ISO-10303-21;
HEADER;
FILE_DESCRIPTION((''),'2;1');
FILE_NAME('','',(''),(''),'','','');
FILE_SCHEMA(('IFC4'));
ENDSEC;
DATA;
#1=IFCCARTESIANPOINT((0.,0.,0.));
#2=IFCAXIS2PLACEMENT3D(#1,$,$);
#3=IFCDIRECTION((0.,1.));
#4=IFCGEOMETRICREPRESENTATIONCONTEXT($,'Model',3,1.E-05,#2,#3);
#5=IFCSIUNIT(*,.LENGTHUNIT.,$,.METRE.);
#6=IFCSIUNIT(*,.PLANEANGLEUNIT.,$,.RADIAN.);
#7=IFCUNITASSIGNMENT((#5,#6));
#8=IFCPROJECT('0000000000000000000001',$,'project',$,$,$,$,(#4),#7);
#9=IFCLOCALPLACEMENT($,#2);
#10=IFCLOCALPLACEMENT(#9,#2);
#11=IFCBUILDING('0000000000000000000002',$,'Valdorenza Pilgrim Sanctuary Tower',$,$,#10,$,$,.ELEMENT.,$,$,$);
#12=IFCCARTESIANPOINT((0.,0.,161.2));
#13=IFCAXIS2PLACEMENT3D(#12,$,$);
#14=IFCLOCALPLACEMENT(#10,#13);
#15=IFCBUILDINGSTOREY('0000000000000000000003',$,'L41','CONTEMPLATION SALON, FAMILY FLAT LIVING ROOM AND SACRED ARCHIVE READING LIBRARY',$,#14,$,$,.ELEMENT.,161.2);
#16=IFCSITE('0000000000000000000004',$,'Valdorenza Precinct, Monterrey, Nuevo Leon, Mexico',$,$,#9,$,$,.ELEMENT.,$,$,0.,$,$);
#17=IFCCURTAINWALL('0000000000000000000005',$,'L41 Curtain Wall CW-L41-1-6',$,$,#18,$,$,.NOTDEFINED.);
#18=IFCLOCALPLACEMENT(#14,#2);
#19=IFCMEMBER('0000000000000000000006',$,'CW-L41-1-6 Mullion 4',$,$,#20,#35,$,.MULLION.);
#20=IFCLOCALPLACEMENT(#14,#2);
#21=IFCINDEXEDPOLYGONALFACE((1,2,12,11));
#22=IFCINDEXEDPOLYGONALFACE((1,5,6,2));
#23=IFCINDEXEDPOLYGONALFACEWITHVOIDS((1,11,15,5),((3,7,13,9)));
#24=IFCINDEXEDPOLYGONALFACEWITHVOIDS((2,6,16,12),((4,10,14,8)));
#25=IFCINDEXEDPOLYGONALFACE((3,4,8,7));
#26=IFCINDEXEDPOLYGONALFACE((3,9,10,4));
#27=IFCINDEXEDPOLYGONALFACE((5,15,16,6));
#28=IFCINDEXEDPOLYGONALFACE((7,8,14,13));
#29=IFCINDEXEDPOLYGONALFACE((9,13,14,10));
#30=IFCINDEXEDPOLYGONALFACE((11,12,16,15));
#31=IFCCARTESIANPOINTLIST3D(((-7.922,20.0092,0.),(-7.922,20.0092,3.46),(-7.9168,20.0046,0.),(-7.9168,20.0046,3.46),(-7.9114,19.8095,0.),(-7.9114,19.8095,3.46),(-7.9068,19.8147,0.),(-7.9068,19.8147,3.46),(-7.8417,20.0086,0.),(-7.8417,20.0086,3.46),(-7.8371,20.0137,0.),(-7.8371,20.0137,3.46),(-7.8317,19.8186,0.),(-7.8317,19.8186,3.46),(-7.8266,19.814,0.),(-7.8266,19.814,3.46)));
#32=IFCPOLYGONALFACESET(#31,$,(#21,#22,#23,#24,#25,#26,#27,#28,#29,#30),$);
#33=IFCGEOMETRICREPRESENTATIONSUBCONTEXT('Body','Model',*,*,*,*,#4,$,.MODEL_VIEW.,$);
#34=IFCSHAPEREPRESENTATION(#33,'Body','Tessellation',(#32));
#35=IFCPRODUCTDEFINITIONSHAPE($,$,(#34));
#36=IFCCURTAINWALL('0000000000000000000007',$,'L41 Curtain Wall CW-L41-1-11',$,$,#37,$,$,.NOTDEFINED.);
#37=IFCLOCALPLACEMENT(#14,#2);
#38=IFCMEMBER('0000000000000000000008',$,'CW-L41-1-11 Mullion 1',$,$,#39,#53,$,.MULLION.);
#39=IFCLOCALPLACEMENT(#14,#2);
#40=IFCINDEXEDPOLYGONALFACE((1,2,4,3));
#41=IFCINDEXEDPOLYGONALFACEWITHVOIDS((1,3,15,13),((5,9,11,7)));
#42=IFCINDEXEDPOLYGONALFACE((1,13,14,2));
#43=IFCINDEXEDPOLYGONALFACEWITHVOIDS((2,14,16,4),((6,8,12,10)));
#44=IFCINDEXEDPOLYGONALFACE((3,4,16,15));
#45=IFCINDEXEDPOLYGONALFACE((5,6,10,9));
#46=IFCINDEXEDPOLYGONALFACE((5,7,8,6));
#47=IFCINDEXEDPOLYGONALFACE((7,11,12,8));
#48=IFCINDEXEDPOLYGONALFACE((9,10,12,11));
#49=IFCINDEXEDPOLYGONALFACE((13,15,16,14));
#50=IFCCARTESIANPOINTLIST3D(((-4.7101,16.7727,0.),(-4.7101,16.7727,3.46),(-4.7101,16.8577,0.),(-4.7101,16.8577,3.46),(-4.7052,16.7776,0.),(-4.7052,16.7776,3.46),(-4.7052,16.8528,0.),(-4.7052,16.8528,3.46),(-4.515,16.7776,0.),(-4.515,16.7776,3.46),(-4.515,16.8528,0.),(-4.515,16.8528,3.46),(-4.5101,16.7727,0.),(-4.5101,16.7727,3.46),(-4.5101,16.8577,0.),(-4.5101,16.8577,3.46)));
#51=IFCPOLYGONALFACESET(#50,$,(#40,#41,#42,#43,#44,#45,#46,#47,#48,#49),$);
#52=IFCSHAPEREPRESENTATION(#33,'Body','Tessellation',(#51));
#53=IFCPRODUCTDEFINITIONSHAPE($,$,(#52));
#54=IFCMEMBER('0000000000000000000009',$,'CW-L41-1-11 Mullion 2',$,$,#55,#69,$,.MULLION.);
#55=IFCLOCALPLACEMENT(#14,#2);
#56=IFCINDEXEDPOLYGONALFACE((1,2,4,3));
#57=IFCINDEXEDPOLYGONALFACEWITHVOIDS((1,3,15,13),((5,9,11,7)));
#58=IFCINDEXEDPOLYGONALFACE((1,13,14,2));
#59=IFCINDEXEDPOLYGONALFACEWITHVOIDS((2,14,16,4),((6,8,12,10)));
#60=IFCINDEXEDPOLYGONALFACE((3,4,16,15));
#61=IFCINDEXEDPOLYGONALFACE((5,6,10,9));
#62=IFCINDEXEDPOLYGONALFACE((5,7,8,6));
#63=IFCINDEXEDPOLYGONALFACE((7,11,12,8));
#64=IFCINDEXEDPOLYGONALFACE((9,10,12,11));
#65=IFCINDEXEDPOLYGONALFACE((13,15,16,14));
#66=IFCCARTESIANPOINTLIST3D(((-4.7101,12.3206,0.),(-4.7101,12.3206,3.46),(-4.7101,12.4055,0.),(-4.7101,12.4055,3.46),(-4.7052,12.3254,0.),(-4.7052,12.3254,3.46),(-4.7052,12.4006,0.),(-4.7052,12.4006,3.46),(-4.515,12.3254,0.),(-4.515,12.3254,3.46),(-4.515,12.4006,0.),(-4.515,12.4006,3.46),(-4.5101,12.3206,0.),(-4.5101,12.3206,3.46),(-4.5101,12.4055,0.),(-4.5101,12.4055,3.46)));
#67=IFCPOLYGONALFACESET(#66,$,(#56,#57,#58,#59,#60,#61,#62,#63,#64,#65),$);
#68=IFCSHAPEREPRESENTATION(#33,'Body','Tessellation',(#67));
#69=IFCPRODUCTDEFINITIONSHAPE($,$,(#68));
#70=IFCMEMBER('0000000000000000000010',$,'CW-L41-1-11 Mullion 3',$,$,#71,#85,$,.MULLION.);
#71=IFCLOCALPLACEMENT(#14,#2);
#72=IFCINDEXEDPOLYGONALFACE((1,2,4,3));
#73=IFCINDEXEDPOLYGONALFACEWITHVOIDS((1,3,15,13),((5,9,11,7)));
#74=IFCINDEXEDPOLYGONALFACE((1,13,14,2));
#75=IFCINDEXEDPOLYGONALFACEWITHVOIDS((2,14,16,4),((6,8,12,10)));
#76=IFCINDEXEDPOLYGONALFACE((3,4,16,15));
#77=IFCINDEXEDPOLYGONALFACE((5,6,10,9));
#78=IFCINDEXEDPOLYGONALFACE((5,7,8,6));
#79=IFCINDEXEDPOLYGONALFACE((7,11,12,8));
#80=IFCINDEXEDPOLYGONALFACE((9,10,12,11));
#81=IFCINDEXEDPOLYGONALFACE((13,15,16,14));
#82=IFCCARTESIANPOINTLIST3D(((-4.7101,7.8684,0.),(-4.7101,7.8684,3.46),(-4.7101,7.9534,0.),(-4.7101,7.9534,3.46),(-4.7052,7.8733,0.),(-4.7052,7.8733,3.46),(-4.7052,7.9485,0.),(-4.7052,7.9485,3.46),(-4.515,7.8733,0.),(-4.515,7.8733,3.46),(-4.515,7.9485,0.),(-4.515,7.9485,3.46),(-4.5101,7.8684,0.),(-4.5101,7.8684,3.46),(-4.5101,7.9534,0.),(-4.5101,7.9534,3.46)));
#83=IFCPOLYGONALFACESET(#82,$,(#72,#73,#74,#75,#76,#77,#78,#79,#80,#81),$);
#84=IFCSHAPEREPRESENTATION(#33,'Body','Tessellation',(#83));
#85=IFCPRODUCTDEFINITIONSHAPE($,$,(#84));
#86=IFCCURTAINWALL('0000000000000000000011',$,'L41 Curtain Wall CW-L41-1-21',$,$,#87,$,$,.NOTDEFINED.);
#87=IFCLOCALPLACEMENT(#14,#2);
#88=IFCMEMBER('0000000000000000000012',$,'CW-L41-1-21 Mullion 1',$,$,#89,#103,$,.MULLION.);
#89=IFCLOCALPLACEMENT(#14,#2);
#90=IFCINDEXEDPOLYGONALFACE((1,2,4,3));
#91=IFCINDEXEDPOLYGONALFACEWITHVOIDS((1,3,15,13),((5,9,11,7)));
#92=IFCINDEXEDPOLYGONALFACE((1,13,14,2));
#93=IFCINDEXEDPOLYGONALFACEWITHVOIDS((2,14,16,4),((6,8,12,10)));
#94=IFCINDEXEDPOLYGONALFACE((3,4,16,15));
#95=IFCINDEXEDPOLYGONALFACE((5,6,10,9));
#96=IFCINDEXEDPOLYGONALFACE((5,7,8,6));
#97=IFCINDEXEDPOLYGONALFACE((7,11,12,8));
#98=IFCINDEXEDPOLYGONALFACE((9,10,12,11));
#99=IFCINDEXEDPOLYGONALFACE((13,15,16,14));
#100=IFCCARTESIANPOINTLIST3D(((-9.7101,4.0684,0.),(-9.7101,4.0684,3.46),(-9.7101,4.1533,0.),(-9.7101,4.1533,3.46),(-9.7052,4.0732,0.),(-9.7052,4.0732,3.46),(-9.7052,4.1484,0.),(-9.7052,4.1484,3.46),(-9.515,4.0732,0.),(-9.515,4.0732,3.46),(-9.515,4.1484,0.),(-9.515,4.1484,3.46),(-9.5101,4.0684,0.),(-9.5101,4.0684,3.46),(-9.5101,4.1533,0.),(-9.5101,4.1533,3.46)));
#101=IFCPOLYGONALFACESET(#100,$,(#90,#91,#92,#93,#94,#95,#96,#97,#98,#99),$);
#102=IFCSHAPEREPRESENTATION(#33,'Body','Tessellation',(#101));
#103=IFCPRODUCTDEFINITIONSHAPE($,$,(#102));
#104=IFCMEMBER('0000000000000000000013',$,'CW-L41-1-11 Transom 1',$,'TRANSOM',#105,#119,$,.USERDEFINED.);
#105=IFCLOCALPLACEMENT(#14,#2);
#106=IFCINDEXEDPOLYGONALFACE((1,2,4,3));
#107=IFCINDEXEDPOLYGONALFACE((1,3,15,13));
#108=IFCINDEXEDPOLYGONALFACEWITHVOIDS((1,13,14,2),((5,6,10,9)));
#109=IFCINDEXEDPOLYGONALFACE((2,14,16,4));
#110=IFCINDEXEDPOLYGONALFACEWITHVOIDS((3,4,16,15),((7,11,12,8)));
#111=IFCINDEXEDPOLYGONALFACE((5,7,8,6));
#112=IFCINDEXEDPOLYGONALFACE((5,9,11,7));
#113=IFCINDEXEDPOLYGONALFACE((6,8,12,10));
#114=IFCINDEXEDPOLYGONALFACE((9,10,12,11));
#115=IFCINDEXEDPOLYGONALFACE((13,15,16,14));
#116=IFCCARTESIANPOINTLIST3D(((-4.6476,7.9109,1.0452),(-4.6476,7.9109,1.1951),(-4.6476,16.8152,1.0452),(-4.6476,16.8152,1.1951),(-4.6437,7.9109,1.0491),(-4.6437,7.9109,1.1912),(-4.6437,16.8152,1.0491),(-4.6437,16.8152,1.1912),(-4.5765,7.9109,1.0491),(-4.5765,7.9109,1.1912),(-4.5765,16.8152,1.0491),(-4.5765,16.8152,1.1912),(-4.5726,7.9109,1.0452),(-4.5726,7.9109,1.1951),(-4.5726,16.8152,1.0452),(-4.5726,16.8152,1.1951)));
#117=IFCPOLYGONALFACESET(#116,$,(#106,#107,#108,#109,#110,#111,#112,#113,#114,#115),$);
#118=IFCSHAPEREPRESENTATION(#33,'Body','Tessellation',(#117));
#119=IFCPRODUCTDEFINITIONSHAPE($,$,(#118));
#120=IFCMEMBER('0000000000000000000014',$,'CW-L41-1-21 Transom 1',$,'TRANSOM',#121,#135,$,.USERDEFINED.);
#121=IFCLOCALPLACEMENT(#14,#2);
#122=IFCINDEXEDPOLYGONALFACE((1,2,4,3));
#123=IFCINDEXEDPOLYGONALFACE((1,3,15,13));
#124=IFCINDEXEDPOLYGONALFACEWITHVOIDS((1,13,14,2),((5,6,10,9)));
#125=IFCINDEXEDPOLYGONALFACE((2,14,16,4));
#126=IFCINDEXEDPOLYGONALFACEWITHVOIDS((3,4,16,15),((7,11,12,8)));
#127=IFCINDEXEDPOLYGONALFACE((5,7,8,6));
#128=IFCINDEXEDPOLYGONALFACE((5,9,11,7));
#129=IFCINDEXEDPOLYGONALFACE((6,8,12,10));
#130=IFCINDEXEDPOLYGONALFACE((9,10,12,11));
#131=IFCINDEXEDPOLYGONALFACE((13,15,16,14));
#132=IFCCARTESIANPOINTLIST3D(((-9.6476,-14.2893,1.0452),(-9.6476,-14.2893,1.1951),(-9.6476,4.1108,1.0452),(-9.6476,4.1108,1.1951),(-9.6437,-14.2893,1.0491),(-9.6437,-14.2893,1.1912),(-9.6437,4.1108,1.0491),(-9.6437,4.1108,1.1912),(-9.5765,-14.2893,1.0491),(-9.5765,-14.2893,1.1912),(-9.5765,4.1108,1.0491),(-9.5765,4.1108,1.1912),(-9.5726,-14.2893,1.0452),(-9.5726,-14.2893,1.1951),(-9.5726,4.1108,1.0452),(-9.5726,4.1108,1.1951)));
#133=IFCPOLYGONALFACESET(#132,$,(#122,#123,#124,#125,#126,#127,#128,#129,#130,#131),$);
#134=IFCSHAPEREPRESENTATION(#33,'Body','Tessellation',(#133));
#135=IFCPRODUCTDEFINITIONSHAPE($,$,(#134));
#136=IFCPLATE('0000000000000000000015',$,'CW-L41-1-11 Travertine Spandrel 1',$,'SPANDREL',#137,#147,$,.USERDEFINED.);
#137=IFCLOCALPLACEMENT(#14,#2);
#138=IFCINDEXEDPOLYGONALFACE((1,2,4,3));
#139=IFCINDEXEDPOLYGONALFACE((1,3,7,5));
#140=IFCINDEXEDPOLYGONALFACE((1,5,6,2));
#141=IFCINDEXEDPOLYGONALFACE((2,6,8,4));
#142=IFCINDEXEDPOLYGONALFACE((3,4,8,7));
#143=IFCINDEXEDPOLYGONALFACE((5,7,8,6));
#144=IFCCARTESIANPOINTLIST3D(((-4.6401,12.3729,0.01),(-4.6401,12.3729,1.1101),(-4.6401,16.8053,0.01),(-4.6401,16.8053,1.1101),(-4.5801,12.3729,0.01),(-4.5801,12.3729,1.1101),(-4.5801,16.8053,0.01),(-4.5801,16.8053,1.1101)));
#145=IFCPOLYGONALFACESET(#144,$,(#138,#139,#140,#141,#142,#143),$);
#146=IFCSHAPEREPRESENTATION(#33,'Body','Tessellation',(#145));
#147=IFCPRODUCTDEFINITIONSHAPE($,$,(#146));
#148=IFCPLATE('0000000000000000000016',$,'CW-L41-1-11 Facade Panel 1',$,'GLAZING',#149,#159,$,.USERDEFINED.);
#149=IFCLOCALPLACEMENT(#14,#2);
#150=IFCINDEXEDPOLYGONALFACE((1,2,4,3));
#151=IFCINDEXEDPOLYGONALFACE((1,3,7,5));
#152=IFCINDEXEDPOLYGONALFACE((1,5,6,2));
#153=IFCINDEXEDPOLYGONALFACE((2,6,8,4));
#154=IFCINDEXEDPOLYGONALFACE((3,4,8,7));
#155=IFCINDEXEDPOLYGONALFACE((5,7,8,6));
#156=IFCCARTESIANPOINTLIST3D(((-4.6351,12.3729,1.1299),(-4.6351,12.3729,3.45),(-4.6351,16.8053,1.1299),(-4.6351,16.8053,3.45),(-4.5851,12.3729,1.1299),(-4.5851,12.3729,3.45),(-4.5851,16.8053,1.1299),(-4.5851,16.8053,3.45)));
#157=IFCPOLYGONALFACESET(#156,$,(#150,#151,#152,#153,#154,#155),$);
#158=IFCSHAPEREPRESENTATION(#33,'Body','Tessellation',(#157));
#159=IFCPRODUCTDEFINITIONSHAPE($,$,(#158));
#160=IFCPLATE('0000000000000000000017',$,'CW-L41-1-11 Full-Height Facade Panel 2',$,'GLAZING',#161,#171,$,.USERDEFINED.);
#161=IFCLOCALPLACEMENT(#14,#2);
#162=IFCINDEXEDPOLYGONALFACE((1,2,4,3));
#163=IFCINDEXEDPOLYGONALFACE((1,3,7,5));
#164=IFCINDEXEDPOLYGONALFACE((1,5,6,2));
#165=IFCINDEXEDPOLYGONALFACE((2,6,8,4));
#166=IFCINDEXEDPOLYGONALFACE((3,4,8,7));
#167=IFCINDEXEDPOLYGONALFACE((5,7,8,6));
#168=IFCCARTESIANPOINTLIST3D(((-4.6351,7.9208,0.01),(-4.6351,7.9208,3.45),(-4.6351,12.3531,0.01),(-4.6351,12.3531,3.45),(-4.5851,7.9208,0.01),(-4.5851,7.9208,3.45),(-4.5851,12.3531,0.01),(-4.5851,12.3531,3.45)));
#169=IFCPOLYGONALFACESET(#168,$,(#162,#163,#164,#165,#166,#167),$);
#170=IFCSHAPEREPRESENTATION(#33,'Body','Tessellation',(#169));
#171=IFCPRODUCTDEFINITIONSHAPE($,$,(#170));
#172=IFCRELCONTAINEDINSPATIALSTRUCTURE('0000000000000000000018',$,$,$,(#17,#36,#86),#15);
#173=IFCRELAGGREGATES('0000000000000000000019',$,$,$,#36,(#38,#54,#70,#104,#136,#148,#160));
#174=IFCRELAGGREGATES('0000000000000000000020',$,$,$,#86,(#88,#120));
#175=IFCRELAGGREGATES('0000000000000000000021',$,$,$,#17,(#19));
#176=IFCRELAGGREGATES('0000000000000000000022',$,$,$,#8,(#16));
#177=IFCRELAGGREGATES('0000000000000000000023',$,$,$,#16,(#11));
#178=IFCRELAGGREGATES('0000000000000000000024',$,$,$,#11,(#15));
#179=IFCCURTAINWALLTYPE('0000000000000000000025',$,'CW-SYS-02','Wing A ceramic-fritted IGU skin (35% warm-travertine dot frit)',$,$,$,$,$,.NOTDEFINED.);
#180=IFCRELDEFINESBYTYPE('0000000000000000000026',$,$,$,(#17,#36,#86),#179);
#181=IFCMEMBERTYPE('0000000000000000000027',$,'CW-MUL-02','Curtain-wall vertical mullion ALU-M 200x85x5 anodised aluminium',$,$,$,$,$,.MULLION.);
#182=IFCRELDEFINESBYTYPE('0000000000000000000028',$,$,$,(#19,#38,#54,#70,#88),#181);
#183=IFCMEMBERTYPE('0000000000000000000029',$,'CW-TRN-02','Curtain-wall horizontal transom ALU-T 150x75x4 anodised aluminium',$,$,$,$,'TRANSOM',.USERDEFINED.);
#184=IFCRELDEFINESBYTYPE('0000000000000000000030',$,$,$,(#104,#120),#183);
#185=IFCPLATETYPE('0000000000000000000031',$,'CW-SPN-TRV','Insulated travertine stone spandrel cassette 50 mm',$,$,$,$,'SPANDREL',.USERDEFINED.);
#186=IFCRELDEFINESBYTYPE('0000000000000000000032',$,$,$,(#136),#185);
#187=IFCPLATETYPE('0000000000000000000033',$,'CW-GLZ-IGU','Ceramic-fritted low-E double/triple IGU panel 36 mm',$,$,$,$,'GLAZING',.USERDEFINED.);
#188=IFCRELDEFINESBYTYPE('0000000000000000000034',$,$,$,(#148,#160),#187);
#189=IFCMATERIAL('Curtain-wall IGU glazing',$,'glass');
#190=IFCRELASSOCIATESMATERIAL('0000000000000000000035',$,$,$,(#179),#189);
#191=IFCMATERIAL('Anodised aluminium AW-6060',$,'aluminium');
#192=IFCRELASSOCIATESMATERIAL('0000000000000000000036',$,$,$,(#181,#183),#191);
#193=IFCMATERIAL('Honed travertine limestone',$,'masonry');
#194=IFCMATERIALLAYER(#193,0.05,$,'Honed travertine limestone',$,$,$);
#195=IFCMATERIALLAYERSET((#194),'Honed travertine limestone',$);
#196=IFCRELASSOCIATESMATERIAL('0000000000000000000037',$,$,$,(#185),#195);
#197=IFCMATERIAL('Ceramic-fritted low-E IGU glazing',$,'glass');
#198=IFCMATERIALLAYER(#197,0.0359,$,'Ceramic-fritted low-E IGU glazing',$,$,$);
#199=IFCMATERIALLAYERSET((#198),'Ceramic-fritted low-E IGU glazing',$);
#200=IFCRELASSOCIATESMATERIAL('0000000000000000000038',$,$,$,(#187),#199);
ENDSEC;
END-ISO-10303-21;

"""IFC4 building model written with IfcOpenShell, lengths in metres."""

from ifc_helpers import new_model, si_unit, direction, frame, origin, origin_2d, place, context, subcontext, project, spatial, rectangle, hollow_rectangle, extrude, source, transform, mapped, material, layer, layer_set, material_profile, profile_set, type_object, element, aggregate, save


model = new_model("IFC4")

# Units and contexts
model_context = context("Model", 3, precision=1e-05, world=origin(), true_north=direction((0.0, 1.0)))
body_context = subcontext(model_context, "Body", "Model", "MODEL_VIEW")
ifc_project = project(units=[si_unit("LENGTHUNIT", "METRE"), si_unit("PLANEANGLEUNIT", "RADIAN")], contexts=[model_context])

# Site, building, storey
site_placement = place(None, origin())
site = spatial("IfcSite", under=ifc_project, at=site_placement, Name="Valdorenza Precinct, Monterrey, Nuevo Leon, Mexico", CompositionType="ELEMENT", RefElevation=0.0)
building_placement = place(site_placement, origin())
building = spatial("IfcBuilding", under=site, at=building_placement, Name="Valdorenza Pilgrim Sanctuary Tower", CompositionType="ELEMENT")
storey_placement = place(building_placement, frame((0.0, 0.0, 161.2)))
storey = spatial("IfcBuildingStorey", under=building, at=storey_placement, Name="L41", Description="CONTEMPLATION SALON, FAMILY FLAT LIVING ROOM AND SACRED ARCHIVE READING LIBRARY", CompositionType="ELEMENT", Elevation=161.2)

# Curtain wall, member
ifc_material_1 = material(Name="Curtain-wall IGU glazing", Category="glass")
curtain_wall_type = type_object("IfcCurtainWallType", Name="CW-SYS-02", Description="Wing A ceramic-fritted IGU skin (35% warm-travertine dot frit)", PredefinedType="NOTDEFINED", material=ifc_material_1)
curtain_wall_1_placement = place(storey_placement, origin())
curtain_wall_1 = element("IfcCurtainWall", 1, at=curtain_wall_1_placement, inside=storey, type_object=curtain_wall_type, Name="L41 Curtain Wall CW-L41-1-6", PredefinedType="NOTDEFINED")
ifc_material_2 = material(Name="Anodised aluminium AW-6060", Category="aluminium")
ifc_material_profile_1 = material_profile(ifc_material_2, hollow_rectangle(XDim=0.085, YDim=0.2, WallThickness=0.0049, at=origin_2d()), Name="ALU-M 200x85x5")
ifc_profile_set_1 = profile_set([ifc_material_profile_1], Name="Anodised aluminium AW-6060")
member_type_1 = type_object("IfcMemberType", Name="CW-MUL-02", Description="Curtain-wall vertical mullion ALU-M 200x85x5 anodised aluminium", PredefinedType="MULLION", material=ifc_profile_set_1)
shared_shape_1 = source(origin(), body_context, "Body", "SweptSolid", [
    extrude(hollow_rectangle(XDim=0.085, YDim=0.2, WallThickness=0.0049, at=origin_2d()), origin(), (0.0, 0.0, 1.0), 3.46),
])
member_1_placement = place(storey_placement, frame((-7.8743, 19.9116, 0.0), z_axis=(0.0, 0.0, 1.0), x_axis=(0.998608, 0.052754, 0.0)))
member_1 = element("IfcMember", 2, at=member_1_placement, type_object=member_type_1, Name="CW-L41-1-6 Mullion 4", PredefinedType="MULLION", context=body_context, shape_type="MappedRepresentation", body=[
    mapped(shared_shape_1, transform((0.0, 0.0, 0.0), x_axis=(1.0, 0.0, 0.0), y_axis=(0.0, 1.0, 0.0), z_axis=(0.0, 0.0, 1.0), scale=1.0)),
])

# Curtain wall, members
curtain_wall_2_placement = place(storey_placement, origin())
curtain_wall_2 = element("IfcCurtainWall", 3, at=curtain_wall_2_placement, inside=storey, type_object=curtain_wall_type, Name="L41 Curtain Wall CW-L41-1-11", PredefinedType="NOTDEFINED")
member_2_placement = place(storey_placement, frame((-4.6101, 16.8152, 0.0), z_axis=(0.0, 0.0, 1.0), x_axis=(0.0, -1.0, 0.0)))
member_2 = element("IfcMember", 4, at=member_2_placement, type_object=member_type_1, Name="CW-L41-1-11 Mullion 1", PredefinedType="MULLION", context=body_context, shape_type="MappedRepresentation", body=[
    mapped(shared_shape_1, transform((0.0, 0.0, 0.0), x_axis=(1.0, 0.0, 0.0), y_axis=(0.0, 1.0, 0.0), z_axis=(0.0, 0.0, 1.0), scale=1.0)),
])
member_3_placement = place(storey_placement, frame((-4.6101, 12.363, 0.0), z_axis=(0.0, 0.0, 1.0), x_axis=(0.0, -1.0, 0.0)))
member_3 = element("IfcMember", 5, at=member_3_placement, type_object=member_type_1, Name="CW-L41-1-11 Mullion 2", PredefinedType="MULLION", context=body_context, shape_type="MappedRepresentation", body=[
    mapped(shared_shape_1, transform((0.0, 0.0, 0.0), x_axis=(1.0, 0.0, 0.0), y_axis=(0.0, 1.0, 0.0), z_axis=(0.0, 0.0, 1.0), scale=1.0)),
])
member_4_placement = place(storey_placement, frame((-4.6101, 7.9109, 0.0), z_axis=(0.0, 0.0, 1.0), x_axis=(0.0, -1.0, 0.0)))
member_4 = element("IfcMember", 6, at=member_4_placement, type_object=member_type_1, Name="CW-L41-1-11 Mullion 3", PredefinedType="MULLION", context=body_context, shape_type="MappedRepresentation", body=[
    mapped(shared_shape_1, transform((0.0, 0.0, 0.0), x_axis=(1.0, 0.0, 0.0), y_axis=(0.0, 1.0, 0.0), z_axis=(0.0, 0.0, 1.0), scale=1.0)),
])

# Curtain wall, member
curtain_wall_3_placement = place(storey_placement, origin())
curtain_wall_3 = element("IfcCurtainWall", 7, at=curtain_wall_3_placement, inside=storey, type_object=curtain_wall_type, Name="L41 Curtain Wall CW-L41-1-21", PredefinedType="NOTDEFINED")
member_5_placement = place(storey_placement, frame((-9.6101, 4.1108, 0.0), z_axis=(0.0, 0.0, 1.0), x_axis=(0.0, -1.0, 0.0)))
member_5 = element("IfcMember", 8, at=member_5_placement, type_object=member_type_1, Name="CW-L41-1-21 Mullion 1", PredefinedType="MULLION", context=body_context, shape_type="MappedRepresentation", body=[
    mapped(shared_shape_1, transform((0.0, 0.0, 0.0), x_axis=(1.0, 0.0, 0.0), y_axis=(0.0, 1.0, 0.0), z_axis=(0.0, 0.0, 1.0), scale=1.0)),
])

# Members
ifc_material_profile_2 = material_profile(ifc_material_2, hollow_rectangle(XDim=0.075, YDim=0.1499, WallThickness=0.0039, at=origin_2d()), Name="ALU-T 150x75x4")
ifc_profile_set_2 = profile_set([ifc_material_profile_2], Name="Anodised aluminium AW-6060")
member_type_2 = type_object("IfcMemberType", Name="CW-TRN-02", Description="Curtain-wall horizontal transom ALU-T 150x75x4 anodised aluminium", ElementType="TRANSOM", PredefinedType="USERDEFINED", material=ifc_profile_set_2)
shared_shape_2 = source(origin(), body_context, "Body", "SweptSolid", [
    extrude(hollow_rectangle(XDim=0.075, YDim=0.1499, WallThickness=0.0039, at=origin_2d()), origin(), (0.0, 0.0, 1.0), 8.9043),
])
member_6_placement = place(storey_placement, frame((-4.6101, 16.8152, 1.1201), z_axis=(0.0, -1.0, 0.0), x_axis=(1.0, 0.0, 0.0)))
member_6 = element("IfcMember", 9, at=member_6_placement, type_object=member_type_2, Name="CW-L41-1-11 Transom 1", ObjectType="TRANSOM", PredefinedType="USERDEFINED", context=body_context, shape_type="MappedRepresentation", body=[
    mapped(shared_shape_2, transform((0.0, 0.0, 0.0), x_axis=(1.0, 0.0, 0.0), y_axis=(0.0, 1.0, 0.0), z_axis=(0.0, 0.0, 1.0), scale=1.0)),
])
shared_shape_3 = source(origin(), body_context, "Body", "SweptSolid", [
    extrude(hollow_rectangle(XDim=0.075, YDim=0.1499, WallThickness=0.0039, at=origin_2d()), origin(), (0.0, 0.0, 1.0), 18.4001),
])
member_7_placement = place(storey_placement, frame((-9.6101, 4.1108, 1.1201), z_axis=(0.0, -1.0, 0.0), x_axis=(1.0, 0.0, 0.0)))
member_7 = element("IfcMember", 10, at=member_7_placement, type_object=member_type_2, Name="CW-L41-1-21 Transom 1", ObjectType="TRANSOM", PredefinedType="USERDEFINED", context=body_context, shape_type="MappedRepresentation", body=[
    mapped(shared_shape_3, transform((0.0, 0.0, 0.0), x_axis=(1.0, 0.0, 0.0), y_axis=(0.0, 1.0, 0.0), z_axis=(0.0, 0.0, 1.0), scale=1.0)),
])

# Plates
ifc_material_3 = material(Name="Honed travertine limestone", Category="masonry")
ifc_layer_1 = layer(ifc_material_3, 0.05, Name="Honed travertine limestone")
ifc_layer_set_1 = layer_set([ifc_layer_1], Name="Honed travertine limestone")
plate_type_1 = type_object("IfcPlateType", Name="CW-SPN-TRV", Description="Insulated travertine stone spandrel cassette 50 mm", ElementType="SPANDREL", PredefinedType="USERDEFINED", material=ifc_layer_set_1)
shared_shape_4 = source(origin(), body_context, "Body", "SweptSolid", [
    extrude(rectangle(XDim=4.4324, YDim=0.0601, at=origin_2d()), origin(), (0.0, 0.0, 1.0), 1.1001),
])
plate_1_placement = place(storey_placement, frame((-4.6101, 14.5891, 0.01), z_axis=(0.0, 0.0, 1.0), x_axis=(0.0, -1.0, 0.0)))
plate_1 = element("IfcPlate", 11, at=plate_1_placement, type_object=plate_type_1, Name="CW-L41-1-11 Travertine Spandrel 1", ObjectType="SPANDREL", PredefinedType="USERDEFINED", context=body_context, shape_type="MappedRepresentation", body=[
    mapped(shared_shape_4, transform((0.0, 0.0, 0.0), x_axis=(1.0, 0.0, 0.0), y_axis=(0.0, 1.0, 0.0), z_axis=(0.0, 0.0, 1.0), scale=1.0)),
])
ifc_material_4 = material(Name="Ceramic-fritted low-E IGU glazing", Category="glass")
ifc_layer_2 = layer(ifc_material_4, 0.0359, Name="Ceramic-fritted low-E IGU glazing")
ifc_layer_set_2 = layer_set([ifc_layer_2], Name="Ceramic-fritted low-E IGU glazing")
plate_type_2 = type_object("IfcPlateType", Name="CW-GLZ-IGU", Description="Ceramic-fritted low-E double/triple IGU panel 36 mm", ElementType="GLAZING", PredefinedType="USERDEFINED", material=ifc_layer_set_2)
shared_shape_5 = source(origin(), body_context, "Body", "SweptSolid", [
    extrude(rectangle(XDim=4.4324, YDim=0.05, at=origin_2d()), origin(), (0.0, 0.0, 1.0), 2.3201),
])
plate_2_placement = place(storey_placement, frame((-4.6101, 14.5891, 1.1299), z_axis=(0.0, 0.0, 1.0), x_axis=(0.0, -1.0, 0.0)))
plate_2 = element("IfcPlate", 12, at=plate_2_placement, type_object=plate_type_2, Name="CW-L41-1-11 Facade Panel 1", ObjectType="GLAZING", PredefinedType="USERDEFINED", context=body_context, shape_type="MappedRepresentation", body=[
    mapped(shared_shape_5, transform((0.0, 0.0, 0.0), x_axis=(1.0, 0.0, 0.0), y_axis=(0.0, 1.0, 0.0), z_axis=(0.0, 0.0, 1.0), scale=1.0)),
])
shared_shape_6 = source(origin(), body_context, "Body", "SweptSolid", [
    extrude(rectangle(XDim=4.4324, YDim=0.05, at=origin_2d()), origin(), (0.0, 0.0, 1.0), 3.4399),
])
plate_3_placement = place(storey_placement, frame((-4.6101, 10.137, 0.01), z_axis=(0.0, 0.0, 1.0), x_axis=(0.0, -1.0, 0.0)))
plate_3 = element("IfcPlate", 13, at=plate_3_placement, type_object=plate_type_2, Name="CW-L41-1-11 Full-Height Facade Panel 2", ObjectType="GLAZING", PredefinedType="USERDEFINED", context=body_context, shape_type="MappedRepresentation", body=[
    mapped(shared_shape_6, transform((0.0, 0.0, 0.0), x_axis=(1.0, 0.0, 0.0), y_axis=(0.0, 1.0, 0.0), z_axis=(0.0, 0.0, 1.0), scale=1.0)),
])
aggregate(curtain_wall_2, [member_2, member_3, member_4, member_6, plate_1, plate_2, plate_3])
aggregate(curtain_wall_3, [member_5, member_7])
aggregate(curtain_wall_1, [member_1])

save(model, "model.ifc")
